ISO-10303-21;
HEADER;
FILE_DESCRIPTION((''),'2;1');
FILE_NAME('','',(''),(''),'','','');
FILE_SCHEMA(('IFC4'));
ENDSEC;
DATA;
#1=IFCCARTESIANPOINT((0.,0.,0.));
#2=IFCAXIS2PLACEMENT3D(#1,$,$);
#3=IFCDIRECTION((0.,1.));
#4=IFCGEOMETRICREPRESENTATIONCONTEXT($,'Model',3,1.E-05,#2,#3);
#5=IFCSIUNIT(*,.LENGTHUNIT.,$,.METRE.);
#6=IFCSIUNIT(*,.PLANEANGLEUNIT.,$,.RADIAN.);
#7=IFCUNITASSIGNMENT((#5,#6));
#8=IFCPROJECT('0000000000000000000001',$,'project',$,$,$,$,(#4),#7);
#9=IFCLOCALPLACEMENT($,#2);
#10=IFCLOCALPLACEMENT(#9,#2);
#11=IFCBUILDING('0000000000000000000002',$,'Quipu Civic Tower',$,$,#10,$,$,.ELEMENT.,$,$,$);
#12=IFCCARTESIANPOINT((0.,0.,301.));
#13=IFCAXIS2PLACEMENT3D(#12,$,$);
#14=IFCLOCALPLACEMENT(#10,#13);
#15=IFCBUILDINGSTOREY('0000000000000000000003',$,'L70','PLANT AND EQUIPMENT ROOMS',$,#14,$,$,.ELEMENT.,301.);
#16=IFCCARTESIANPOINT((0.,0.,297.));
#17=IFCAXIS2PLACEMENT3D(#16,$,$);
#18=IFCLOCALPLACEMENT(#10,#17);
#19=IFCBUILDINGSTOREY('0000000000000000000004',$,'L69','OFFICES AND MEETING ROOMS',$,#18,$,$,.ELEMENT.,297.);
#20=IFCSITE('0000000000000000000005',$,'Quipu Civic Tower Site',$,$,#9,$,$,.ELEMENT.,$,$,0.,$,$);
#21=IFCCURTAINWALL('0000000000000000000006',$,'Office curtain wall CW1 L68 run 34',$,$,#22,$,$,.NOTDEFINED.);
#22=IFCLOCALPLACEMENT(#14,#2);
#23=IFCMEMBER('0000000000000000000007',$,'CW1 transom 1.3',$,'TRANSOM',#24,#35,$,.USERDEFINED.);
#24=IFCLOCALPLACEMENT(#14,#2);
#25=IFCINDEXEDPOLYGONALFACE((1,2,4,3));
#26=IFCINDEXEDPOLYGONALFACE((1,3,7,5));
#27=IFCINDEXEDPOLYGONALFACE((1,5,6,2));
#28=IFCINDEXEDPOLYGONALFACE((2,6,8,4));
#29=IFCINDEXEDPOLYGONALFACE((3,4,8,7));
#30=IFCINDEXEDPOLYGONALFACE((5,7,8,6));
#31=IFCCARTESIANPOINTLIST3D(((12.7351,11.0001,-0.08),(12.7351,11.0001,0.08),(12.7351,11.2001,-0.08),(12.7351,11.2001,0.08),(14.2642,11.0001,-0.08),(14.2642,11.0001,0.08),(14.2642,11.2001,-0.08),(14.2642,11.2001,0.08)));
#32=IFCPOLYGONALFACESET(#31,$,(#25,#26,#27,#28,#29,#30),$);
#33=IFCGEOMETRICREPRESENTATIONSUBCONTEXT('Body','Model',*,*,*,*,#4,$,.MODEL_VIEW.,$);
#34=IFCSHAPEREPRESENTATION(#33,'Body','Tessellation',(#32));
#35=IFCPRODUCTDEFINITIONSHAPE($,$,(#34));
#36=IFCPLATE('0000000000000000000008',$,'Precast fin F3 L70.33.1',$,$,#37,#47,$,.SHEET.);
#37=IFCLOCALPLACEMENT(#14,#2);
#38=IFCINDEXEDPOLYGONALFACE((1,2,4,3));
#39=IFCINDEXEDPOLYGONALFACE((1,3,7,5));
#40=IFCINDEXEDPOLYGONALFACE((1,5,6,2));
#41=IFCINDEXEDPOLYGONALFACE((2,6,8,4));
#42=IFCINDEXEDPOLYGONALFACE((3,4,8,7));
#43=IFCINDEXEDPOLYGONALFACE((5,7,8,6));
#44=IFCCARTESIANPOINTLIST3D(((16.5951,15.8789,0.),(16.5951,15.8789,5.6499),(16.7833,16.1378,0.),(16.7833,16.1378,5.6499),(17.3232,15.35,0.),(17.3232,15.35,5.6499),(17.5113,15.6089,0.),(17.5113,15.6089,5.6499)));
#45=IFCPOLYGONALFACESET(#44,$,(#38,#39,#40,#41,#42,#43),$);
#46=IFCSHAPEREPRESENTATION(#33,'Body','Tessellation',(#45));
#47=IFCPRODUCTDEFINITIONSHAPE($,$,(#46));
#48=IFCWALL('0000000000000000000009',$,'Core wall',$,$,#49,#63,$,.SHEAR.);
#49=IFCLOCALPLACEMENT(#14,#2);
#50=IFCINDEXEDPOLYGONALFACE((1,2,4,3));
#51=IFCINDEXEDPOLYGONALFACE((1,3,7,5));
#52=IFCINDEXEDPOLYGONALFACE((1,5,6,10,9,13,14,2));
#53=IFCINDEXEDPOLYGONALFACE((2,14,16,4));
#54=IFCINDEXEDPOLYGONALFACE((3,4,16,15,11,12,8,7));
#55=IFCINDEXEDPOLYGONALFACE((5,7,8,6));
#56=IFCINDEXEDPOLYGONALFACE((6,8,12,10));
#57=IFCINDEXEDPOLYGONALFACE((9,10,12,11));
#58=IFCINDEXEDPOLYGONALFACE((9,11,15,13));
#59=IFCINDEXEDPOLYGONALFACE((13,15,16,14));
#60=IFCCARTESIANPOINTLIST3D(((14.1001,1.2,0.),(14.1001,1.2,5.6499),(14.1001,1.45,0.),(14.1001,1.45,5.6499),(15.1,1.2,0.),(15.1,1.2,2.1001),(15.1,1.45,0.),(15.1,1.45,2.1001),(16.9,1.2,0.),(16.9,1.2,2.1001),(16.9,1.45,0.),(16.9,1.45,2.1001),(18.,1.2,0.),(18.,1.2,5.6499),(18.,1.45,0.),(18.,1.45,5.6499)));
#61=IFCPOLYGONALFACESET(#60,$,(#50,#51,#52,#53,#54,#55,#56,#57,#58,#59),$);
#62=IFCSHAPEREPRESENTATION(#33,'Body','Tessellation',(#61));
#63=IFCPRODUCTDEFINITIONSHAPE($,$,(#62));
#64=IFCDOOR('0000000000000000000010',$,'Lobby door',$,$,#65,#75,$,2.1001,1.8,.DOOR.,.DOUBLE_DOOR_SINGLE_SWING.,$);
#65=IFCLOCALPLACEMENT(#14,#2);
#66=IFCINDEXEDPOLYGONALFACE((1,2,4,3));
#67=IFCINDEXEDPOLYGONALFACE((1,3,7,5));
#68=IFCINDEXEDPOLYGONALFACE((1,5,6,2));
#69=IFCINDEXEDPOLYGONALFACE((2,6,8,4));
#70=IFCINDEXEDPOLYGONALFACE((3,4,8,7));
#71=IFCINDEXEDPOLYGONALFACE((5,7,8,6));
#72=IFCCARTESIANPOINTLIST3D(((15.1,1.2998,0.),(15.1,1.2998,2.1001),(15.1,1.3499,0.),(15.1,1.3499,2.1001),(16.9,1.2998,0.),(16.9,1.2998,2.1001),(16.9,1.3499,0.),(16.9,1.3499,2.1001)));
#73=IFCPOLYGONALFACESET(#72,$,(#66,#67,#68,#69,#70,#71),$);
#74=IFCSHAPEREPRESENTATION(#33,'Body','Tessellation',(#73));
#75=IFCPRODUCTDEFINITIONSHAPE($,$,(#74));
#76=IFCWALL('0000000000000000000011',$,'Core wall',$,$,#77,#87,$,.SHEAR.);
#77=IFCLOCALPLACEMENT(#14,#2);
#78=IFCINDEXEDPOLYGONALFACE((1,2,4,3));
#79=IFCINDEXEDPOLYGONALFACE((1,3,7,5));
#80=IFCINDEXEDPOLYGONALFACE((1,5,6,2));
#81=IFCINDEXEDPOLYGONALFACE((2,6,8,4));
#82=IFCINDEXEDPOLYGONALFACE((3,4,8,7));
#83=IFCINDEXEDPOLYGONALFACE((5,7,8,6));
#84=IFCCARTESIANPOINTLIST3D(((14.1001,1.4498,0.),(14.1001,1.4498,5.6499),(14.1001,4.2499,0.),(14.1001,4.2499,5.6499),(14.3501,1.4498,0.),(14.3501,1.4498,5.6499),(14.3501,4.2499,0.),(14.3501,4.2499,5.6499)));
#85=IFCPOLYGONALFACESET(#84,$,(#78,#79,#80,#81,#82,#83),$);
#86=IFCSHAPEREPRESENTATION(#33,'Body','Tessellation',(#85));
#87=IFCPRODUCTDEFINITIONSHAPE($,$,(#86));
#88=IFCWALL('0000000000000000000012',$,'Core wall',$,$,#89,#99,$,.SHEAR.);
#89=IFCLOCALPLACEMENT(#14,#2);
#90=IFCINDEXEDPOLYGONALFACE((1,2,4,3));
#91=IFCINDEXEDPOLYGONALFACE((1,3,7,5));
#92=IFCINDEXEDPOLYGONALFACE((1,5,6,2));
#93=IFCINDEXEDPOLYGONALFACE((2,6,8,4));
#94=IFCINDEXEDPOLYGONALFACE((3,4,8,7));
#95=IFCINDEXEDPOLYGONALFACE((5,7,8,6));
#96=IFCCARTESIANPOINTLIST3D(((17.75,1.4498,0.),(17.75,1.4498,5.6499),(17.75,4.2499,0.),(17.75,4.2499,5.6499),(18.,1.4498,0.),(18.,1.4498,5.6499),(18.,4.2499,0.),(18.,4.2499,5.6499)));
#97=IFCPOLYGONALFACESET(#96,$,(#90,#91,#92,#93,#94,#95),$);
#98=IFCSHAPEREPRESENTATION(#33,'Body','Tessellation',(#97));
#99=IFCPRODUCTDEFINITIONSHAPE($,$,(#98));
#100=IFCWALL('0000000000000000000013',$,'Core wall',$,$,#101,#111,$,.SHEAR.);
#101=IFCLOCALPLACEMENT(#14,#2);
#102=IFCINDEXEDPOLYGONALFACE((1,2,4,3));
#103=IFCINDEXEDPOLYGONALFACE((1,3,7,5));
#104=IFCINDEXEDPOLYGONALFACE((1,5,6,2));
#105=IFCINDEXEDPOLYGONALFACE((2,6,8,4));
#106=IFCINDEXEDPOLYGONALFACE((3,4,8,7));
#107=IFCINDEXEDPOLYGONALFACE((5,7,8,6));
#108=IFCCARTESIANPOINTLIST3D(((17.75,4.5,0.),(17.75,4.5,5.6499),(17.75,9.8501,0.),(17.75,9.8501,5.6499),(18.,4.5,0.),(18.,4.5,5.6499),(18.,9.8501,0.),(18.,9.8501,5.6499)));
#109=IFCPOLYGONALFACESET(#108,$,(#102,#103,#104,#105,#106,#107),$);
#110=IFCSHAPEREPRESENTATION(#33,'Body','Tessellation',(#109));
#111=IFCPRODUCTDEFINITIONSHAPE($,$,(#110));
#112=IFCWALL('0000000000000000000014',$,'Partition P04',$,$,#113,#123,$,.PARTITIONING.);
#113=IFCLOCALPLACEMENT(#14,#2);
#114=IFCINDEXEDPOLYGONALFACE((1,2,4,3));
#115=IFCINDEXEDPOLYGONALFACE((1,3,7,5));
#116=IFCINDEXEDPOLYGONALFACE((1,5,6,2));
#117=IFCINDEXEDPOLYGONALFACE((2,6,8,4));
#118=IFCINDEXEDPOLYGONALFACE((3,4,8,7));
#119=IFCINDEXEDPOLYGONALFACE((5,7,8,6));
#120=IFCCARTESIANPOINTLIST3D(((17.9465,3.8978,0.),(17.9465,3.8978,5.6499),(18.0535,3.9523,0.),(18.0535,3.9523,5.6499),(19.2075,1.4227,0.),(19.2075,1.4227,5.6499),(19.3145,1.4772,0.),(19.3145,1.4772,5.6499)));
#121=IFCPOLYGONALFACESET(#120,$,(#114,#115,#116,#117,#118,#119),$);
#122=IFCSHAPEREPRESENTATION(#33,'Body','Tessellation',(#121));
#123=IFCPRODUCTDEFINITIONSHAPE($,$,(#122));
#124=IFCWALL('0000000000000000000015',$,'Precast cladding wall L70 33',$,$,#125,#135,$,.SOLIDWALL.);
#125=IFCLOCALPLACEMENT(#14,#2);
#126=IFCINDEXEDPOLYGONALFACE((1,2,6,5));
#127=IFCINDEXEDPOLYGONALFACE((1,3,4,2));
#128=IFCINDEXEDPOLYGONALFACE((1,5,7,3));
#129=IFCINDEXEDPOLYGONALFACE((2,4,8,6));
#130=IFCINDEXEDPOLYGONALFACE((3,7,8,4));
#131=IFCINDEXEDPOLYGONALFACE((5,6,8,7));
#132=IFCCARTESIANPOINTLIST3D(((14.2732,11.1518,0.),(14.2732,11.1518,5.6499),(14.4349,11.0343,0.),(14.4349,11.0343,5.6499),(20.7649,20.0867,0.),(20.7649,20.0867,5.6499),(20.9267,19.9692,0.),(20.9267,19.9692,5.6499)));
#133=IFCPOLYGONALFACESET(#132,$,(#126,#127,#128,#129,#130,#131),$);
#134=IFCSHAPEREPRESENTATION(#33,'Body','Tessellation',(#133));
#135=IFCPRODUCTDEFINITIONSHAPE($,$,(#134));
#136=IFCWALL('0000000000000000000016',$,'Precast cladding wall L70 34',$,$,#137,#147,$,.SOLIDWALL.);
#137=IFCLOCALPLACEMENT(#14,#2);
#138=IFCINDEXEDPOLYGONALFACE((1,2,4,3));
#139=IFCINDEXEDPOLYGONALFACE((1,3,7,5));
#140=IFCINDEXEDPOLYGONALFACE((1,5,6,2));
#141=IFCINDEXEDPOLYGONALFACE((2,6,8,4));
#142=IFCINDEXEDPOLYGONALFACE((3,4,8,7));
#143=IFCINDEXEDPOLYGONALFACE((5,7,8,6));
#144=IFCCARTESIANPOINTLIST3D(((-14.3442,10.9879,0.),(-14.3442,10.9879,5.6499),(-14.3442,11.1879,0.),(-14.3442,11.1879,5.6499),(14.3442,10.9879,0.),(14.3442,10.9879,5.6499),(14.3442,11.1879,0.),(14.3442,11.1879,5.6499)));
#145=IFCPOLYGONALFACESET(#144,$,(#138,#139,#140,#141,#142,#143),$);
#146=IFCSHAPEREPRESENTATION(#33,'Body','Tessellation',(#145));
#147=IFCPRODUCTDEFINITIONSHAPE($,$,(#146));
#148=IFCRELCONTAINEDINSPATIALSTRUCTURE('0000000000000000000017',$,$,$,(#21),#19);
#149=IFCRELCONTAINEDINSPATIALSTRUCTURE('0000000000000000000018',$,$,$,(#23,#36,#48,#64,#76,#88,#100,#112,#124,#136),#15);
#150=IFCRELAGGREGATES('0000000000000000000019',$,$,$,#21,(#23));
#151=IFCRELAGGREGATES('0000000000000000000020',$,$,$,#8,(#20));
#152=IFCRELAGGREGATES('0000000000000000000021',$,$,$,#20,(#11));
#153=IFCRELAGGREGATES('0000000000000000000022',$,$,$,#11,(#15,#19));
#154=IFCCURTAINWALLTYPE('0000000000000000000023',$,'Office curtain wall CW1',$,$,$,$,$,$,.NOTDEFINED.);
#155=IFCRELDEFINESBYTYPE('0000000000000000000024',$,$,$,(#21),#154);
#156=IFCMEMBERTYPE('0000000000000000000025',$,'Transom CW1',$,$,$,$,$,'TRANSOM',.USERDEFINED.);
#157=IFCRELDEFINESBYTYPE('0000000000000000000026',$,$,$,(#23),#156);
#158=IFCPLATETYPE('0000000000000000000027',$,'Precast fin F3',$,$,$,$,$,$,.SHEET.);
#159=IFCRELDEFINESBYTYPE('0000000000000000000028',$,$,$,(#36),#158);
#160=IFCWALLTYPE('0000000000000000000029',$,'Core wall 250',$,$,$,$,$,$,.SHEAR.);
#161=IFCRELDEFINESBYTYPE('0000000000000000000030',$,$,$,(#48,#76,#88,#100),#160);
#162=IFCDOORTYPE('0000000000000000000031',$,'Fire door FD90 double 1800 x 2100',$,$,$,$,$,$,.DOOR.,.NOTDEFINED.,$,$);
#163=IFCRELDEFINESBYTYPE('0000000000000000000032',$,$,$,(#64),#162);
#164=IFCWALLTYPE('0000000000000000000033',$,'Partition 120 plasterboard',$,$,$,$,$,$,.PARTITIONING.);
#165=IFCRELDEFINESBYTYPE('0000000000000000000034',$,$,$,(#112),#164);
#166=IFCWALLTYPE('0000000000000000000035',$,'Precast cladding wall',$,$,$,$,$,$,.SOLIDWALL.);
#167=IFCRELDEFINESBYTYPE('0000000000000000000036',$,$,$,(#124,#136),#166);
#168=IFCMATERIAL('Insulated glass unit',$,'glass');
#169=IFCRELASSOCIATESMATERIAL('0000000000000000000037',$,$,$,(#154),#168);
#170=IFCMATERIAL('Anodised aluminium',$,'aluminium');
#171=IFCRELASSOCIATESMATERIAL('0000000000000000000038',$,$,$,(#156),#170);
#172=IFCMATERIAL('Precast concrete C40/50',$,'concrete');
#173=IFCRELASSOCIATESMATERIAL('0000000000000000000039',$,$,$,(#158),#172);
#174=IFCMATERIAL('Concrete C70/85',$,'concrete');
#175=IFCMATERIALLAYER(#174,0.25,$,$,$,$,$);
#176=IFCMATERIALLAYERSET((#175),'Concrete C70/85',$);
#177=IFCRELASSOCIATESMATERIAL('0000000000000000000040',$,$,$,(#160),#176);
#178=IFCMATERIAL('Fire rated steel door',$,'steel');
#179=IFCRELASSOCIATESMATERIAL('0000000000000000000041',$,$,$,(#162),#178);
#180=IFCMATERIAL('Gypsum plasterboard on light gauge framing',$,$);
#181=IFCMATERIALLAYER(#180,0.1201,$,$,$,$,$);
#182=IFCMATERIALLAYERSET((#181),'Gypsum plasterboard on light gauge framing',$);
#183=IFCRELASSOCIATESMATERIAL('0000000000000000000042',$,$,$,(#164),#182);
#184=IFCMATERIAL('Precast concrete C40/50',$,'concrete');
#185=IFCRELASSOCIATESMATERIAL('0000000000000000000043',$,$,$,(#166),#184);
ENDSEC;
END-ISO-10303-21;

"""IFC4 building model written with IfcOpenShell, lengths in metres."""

from ifc_helpers import new_model, si_unit, direction, frame, frame_2d, origin, origin_2d, place, context, subcontext, project, spatial, rectangle, extrude, material, layer, layer_set, material_profile, profile_set, type_object, element, fill, aggregate, save


model = new_model("IFC4")

# Units and contexts
model_context = context("Model", 3, precision=1e-05, world=origin(), true_north=direction((0.0, 1.0)))
body_context = subcontext(model_context, "Body", "Model", "MODEL_VIEW")
ifc_project = project(units=[si_unit("LENGTHUNIT", "METRE"), si_unit("PLANEANGLEUNIT", "RADIAN")], contexts=[model_context])

# Site, building, storey
site_placement = place(None, origin())
site = spatial("IfcSite", under=ifc_project, at=site_placement, Name="Quipu Civic Tower Site", CompositionType="ELEMENT", RefElevation=0.0)
building_placement = place(site_placement, origin())
building = spatial("IfcBuilding", under=site, at=building_placement, Name="Quipu Civic Tower", CompositionType="ELEMENT")
storey_1_placement = place(building_placement, frame((0.0, 0.0, 301.0)))
storey_1 = spatial("IfcBuildingStorey", under=building, at=storey_1_placement, Name="L70", Description="PLANT AND EQUIPMENT ROOMS", CompositionType="ELEMENT", Elevation=301.0)

# Shared definitions
storey_2_placement = place(building_placement, frame((0.0, 0.0, 297.0)))
storey_2 = spatial("IfcBuildingStorey", under=building, at=storey_2_placement, Name="L69", Description="OFFICES AND MEETING ROOMS", CompositionType="ELEMENT", Elevation=297.0)

# Curtain wall, member
ifc_material_1 = material(Name="Insulated glass unit", Category="glass")
curtain_wall_type = type_object("IfcCurtainWallType", Name="Office curtain wall CW1", PredefinedType="NOTDEFINED", material=ifc_material_1)
ifc_material_2 = material(Name="Anodised aluminium", Category="aluminium")
ifc_material_profile_1 = material_profile(ifc_material_2, rectangle(XDim=0.2, YDim=0.1599, at=origin_2d()), Name="RECT 200x160")
ifc_profile_set_1 = profile_set([ifc_material_profile_1], Name="Anodised aluminium")
member_type_1 = type_object("IfcMemberType", Name="Transom CW1", ElementType="TRANSOM", PredefinedType="USERDEFINED", material=ifc_profile_set_1)
curtain_wall_1_placement = place(storey_2_placement, origin())
curtain_wall_1 = element("IfcCurtainWall", 1, at=curtain_wall_1_placement, inside=storey_2, type_object=curtain_wall_type, Name="Office curtain wall CW1 L68 run 34", PredefinedType="NOTDEFINED")
member_1_placement = place(storey_1_placement, frame((14.2642, 11.1001, 0.0), z_axis=(-1.0, 0.0, 0.0), x_axis=(0.0, -1.0, 0.0)))
member_1 = element("IfcMember", 2, at=member_1_placement, inside=storey_1, type_object=member_type_1, Name="CW1 transom 1.3", ObjectType="TRANSOM", PredefinedType="USERDEFINED", context=body_context, shape_type="SweptSolid", body=[
    extrude(rectangle(XDim=0.2, YDim=0.1599, at=origin_2d()), origin(), (0.0, 0.0, 1.0), 1.5291),
])
aggregate(curtain_wall_1, [member_1])

# Plate
ifc_material_3 = material(Name="Precast concrete C40/50", Category="concrete")
plate_type = type_object("IfcPlateType", Name="Precast fin F3", PredefinedType="SHEET", material=ifc_material_3)
plate_placement = place(storey_1_placement, frame((17.0532, 15.7439, 0.0), z_axis=(0.0, 0.0, 1.0), x_axis=(-0.587784, -0.809018, 0.0)))
element("IfcPlate", 3, at=plate_placement, inside=storey_1, type_object=plate_type, Name="Precast fin F3 L70.33.1", PredefinedType="SHEET", context=body_context, shape_type="SweptSolid", body=[
    extrude(rectangle(XDim=0.3201, YDim=0.8999, at=origin_2d()), origin(), (0.0, 0.0, 1.0), 5.6499),
])

# Wall, opening, door
ifc_material_4 = material(Name="Concrete C70/85", Category="concrete")
ifc_layer_1 = layer(ifc_material_4, 0.25)
ifc_layer_set_1 = layer_set([ifc_layer_1], Name="Concrete C70/85")
wall_type_1 = type_object("IfcWallType", Name="Core wall 250", PredefinedType="SHEAR", material=ifc_layer_set_1)
wall_1_placement = place(storey_1_placement, frame((14.1001, 1.325, 0.0), z_axis=(0.0, 0.0, 1.0), x_axis=(1.0, 0.0, 0.0)))
wall_1 = element("IfcWall", 4, at=wall_1_placement, inside=storey_1, type_object=wall_type_1, Name="Core wall", PredefinedType="SHEAR", context=body_context, shape_type="SweptSolid", body=[
    extrude(rectangle(XDim=3.8999, YDim=0.25, at=frame_2d((1.95, 0.0))), origin(), (0.0, 0.0, 1.0), 5.6499),
])
opening_placement = place(wall_1_placement, frame((1.0, 0.0, 0.0)))
opening = element("IfcOpeningElement", 5, at=opening_placement, cuts=wall_1, PredefinedType="OPENING", context=body_context, shape_type="SweptSolid", body=[
    extrude(rectangle(XDim=1.8, YDim=2.1001, at=frame_2d((0.8999, 1.05))), frame((0.0, 0.135, 0.0), z_axis=(0.0, -1.0, 0.0), x_axis=(1.0, 0.0, 0.0)), (0.0, 0.0, 1.0), 0.27),
])
ifc_material_5 = material(Name="Fire rated steel door", Category="steel")
door_type = type_object("IfcDoorType", Name="Fire door FD90 double 1800 x 2100", OperationType="NOTDEFINED", PredefinedType="DOOR", material=ifc_material_5)
door_placement = place(opening_placement, origin())
door = element("IfcDoor", 6, at=door_placement, inside=storey_1, type_object=door_type, Name="Lobby door", OperationType="DOUBLE_DOOR_SINGLE_SWING", OverallHeight=2.1001, OverallWidth=1.8, PredefinedType="DOOR", context=body_context, shape_type="SweptSolid", body=[
    extrude(rectangle(XDim=1.8, YDim=2.1001, at=frame_2d((0.8999, 1.05))), frame((0.0, 0.0249, 0.0), z_axis=(0.0, -1.0, 0.0), x_axis=(1.0, 0.0, 0.0)), (0.0, 0.0, 1.0), 0.05),
])
fill(opening, door)

# Walls
for number, where, z_axis, x_axis, name in (
    (7, (14.2251, 1.45, 0.0), (0.0, 0.0, 1.0), (0.0, 1.0, 0.0), "Core wall"),
    (8, (17.875, 1.45, 0.0), (0.0, 0.0, 1.0), (0.0, 1.0, 0.0), "Core wall"),
):
    element("IfcWall", number, at=place(storey_1_placement, frame(where, z_axis=z_axis, x_axis=x_axis)), inside=storey_1, type_object=wall_type_1, Name=name, PredefinedType="SHEAR", context=body_context, shape_type="SweptSolid", body=[
        extrude(rectangle(XDim=2.8, YDim=0.25, at=frame_2d((1.3999, 0.0))), origin(), (0.0, 0.0, 1.0), 5.6499),
    ])
wall_2_placement = place(storey_1_placement, frame((17.875, 4.5, 0.0), z_axis=(0.0, 0.0, 1.0), x_axis=(0.0, 1.0, 0.0)))
element("IfcWall", 9, at=wall_2_placement, inside=storey_1, type_object=wall_type_1, Name="Core wall", PredefinedType="SHEAR", context=body_context, shape_type="SweptSolid", body=[
    extrude(rectangle(XDim=5.3501, YDim=0.25, at=frame_2d((2.675, 0.0))), origin(), (0.0, 0.0, 1.0), 5.6499),
])
ifc_material_6 = material(Name="Gypsum plasterboard on light gauge framing")
ifc_layer_2 = layer(ifc_material_6, 0.1201)
ifc_layer_set_2 = layer_set([ifc_layer_2], Name="Gypsum plasterboard on light gauge framing")
wall_type_2 = type_object("IfcWallType", Name="Partition 120 plasterboard", PredefinedType="PARTITIONING", material=ifc_layer_set_2)
wall_3_placement = place(storey_1_placement, frame((18.0, 3.925, 0.0), z_axis=(0.0, 0.0, 1.0), x_axis=(0.453951, -0.891027, 0.0)))
element("IfcWall", 10, at=wall_3_placement, inside=storey_1, type_object=wall_type_2, Name="Partition P04", PredefinedType="PARTITIONING", context=body_context, shape_type="SweptSolid", body=[
    extrude(rectangle(XDim=2.7778, YDim=0.1201, at=frame_2d((1.3889, 0.0))), origin(), (0.0, 0.0, 1.0), 5.6499),
])
ifc_material_7 = material(Name="Precast concrete C40/50", Category="concrete")
wall_type_3 = type_object("IfcWallType", Name="Precast cladding wall", PredefinedType="SOLIDWALL", material=ifc_material_7)
wall_4_placement = place(storey_1_placement, frame((20.8457, 20.0278, 0.0), z_axis=(0.0, 0.0, 1.0), x_axis=(-0.587796, -0.809009, 0.0)))
element("IfcWall", 11, at=wall_4_placement, inside=storey_1, type_object=wall_type_3, Name="Precast cladding wall L70 33", PredefinedType="SOLIDWALL", context=body_context, shape_type="SweptSolid", body=[
    extrude(rectangle(XDim=11.0442, YDim=0.2, at=frame_2d((5.522, 0.0))), origin(), (0.0, 0.0, 1.0), 5.6499),
])
wall_5_placement = place(storey_1_placement, frame((14.3442, 11.0879, 0.0), z_axis=(0.0, 0.0, 1.0), x_axis=(-1.0, 0.0, 0.0)))
element("IfcWall", 12, at=wall_5_placement, inside=storey_1, type_object=wall_type_3, Name="Precast cladding wall L70 34", PredefinedType="SOLIDWALL", context=body_context, shape_type="SweptSolid", body=[
    extrude(rectangle(XDim=28.6885, YDim=0.2, at=frame_2d((14.3442, 0.0))), origin(), (0.0, 0.0, 1.0), 5.6499),
])

save(model, "model.ifc")
